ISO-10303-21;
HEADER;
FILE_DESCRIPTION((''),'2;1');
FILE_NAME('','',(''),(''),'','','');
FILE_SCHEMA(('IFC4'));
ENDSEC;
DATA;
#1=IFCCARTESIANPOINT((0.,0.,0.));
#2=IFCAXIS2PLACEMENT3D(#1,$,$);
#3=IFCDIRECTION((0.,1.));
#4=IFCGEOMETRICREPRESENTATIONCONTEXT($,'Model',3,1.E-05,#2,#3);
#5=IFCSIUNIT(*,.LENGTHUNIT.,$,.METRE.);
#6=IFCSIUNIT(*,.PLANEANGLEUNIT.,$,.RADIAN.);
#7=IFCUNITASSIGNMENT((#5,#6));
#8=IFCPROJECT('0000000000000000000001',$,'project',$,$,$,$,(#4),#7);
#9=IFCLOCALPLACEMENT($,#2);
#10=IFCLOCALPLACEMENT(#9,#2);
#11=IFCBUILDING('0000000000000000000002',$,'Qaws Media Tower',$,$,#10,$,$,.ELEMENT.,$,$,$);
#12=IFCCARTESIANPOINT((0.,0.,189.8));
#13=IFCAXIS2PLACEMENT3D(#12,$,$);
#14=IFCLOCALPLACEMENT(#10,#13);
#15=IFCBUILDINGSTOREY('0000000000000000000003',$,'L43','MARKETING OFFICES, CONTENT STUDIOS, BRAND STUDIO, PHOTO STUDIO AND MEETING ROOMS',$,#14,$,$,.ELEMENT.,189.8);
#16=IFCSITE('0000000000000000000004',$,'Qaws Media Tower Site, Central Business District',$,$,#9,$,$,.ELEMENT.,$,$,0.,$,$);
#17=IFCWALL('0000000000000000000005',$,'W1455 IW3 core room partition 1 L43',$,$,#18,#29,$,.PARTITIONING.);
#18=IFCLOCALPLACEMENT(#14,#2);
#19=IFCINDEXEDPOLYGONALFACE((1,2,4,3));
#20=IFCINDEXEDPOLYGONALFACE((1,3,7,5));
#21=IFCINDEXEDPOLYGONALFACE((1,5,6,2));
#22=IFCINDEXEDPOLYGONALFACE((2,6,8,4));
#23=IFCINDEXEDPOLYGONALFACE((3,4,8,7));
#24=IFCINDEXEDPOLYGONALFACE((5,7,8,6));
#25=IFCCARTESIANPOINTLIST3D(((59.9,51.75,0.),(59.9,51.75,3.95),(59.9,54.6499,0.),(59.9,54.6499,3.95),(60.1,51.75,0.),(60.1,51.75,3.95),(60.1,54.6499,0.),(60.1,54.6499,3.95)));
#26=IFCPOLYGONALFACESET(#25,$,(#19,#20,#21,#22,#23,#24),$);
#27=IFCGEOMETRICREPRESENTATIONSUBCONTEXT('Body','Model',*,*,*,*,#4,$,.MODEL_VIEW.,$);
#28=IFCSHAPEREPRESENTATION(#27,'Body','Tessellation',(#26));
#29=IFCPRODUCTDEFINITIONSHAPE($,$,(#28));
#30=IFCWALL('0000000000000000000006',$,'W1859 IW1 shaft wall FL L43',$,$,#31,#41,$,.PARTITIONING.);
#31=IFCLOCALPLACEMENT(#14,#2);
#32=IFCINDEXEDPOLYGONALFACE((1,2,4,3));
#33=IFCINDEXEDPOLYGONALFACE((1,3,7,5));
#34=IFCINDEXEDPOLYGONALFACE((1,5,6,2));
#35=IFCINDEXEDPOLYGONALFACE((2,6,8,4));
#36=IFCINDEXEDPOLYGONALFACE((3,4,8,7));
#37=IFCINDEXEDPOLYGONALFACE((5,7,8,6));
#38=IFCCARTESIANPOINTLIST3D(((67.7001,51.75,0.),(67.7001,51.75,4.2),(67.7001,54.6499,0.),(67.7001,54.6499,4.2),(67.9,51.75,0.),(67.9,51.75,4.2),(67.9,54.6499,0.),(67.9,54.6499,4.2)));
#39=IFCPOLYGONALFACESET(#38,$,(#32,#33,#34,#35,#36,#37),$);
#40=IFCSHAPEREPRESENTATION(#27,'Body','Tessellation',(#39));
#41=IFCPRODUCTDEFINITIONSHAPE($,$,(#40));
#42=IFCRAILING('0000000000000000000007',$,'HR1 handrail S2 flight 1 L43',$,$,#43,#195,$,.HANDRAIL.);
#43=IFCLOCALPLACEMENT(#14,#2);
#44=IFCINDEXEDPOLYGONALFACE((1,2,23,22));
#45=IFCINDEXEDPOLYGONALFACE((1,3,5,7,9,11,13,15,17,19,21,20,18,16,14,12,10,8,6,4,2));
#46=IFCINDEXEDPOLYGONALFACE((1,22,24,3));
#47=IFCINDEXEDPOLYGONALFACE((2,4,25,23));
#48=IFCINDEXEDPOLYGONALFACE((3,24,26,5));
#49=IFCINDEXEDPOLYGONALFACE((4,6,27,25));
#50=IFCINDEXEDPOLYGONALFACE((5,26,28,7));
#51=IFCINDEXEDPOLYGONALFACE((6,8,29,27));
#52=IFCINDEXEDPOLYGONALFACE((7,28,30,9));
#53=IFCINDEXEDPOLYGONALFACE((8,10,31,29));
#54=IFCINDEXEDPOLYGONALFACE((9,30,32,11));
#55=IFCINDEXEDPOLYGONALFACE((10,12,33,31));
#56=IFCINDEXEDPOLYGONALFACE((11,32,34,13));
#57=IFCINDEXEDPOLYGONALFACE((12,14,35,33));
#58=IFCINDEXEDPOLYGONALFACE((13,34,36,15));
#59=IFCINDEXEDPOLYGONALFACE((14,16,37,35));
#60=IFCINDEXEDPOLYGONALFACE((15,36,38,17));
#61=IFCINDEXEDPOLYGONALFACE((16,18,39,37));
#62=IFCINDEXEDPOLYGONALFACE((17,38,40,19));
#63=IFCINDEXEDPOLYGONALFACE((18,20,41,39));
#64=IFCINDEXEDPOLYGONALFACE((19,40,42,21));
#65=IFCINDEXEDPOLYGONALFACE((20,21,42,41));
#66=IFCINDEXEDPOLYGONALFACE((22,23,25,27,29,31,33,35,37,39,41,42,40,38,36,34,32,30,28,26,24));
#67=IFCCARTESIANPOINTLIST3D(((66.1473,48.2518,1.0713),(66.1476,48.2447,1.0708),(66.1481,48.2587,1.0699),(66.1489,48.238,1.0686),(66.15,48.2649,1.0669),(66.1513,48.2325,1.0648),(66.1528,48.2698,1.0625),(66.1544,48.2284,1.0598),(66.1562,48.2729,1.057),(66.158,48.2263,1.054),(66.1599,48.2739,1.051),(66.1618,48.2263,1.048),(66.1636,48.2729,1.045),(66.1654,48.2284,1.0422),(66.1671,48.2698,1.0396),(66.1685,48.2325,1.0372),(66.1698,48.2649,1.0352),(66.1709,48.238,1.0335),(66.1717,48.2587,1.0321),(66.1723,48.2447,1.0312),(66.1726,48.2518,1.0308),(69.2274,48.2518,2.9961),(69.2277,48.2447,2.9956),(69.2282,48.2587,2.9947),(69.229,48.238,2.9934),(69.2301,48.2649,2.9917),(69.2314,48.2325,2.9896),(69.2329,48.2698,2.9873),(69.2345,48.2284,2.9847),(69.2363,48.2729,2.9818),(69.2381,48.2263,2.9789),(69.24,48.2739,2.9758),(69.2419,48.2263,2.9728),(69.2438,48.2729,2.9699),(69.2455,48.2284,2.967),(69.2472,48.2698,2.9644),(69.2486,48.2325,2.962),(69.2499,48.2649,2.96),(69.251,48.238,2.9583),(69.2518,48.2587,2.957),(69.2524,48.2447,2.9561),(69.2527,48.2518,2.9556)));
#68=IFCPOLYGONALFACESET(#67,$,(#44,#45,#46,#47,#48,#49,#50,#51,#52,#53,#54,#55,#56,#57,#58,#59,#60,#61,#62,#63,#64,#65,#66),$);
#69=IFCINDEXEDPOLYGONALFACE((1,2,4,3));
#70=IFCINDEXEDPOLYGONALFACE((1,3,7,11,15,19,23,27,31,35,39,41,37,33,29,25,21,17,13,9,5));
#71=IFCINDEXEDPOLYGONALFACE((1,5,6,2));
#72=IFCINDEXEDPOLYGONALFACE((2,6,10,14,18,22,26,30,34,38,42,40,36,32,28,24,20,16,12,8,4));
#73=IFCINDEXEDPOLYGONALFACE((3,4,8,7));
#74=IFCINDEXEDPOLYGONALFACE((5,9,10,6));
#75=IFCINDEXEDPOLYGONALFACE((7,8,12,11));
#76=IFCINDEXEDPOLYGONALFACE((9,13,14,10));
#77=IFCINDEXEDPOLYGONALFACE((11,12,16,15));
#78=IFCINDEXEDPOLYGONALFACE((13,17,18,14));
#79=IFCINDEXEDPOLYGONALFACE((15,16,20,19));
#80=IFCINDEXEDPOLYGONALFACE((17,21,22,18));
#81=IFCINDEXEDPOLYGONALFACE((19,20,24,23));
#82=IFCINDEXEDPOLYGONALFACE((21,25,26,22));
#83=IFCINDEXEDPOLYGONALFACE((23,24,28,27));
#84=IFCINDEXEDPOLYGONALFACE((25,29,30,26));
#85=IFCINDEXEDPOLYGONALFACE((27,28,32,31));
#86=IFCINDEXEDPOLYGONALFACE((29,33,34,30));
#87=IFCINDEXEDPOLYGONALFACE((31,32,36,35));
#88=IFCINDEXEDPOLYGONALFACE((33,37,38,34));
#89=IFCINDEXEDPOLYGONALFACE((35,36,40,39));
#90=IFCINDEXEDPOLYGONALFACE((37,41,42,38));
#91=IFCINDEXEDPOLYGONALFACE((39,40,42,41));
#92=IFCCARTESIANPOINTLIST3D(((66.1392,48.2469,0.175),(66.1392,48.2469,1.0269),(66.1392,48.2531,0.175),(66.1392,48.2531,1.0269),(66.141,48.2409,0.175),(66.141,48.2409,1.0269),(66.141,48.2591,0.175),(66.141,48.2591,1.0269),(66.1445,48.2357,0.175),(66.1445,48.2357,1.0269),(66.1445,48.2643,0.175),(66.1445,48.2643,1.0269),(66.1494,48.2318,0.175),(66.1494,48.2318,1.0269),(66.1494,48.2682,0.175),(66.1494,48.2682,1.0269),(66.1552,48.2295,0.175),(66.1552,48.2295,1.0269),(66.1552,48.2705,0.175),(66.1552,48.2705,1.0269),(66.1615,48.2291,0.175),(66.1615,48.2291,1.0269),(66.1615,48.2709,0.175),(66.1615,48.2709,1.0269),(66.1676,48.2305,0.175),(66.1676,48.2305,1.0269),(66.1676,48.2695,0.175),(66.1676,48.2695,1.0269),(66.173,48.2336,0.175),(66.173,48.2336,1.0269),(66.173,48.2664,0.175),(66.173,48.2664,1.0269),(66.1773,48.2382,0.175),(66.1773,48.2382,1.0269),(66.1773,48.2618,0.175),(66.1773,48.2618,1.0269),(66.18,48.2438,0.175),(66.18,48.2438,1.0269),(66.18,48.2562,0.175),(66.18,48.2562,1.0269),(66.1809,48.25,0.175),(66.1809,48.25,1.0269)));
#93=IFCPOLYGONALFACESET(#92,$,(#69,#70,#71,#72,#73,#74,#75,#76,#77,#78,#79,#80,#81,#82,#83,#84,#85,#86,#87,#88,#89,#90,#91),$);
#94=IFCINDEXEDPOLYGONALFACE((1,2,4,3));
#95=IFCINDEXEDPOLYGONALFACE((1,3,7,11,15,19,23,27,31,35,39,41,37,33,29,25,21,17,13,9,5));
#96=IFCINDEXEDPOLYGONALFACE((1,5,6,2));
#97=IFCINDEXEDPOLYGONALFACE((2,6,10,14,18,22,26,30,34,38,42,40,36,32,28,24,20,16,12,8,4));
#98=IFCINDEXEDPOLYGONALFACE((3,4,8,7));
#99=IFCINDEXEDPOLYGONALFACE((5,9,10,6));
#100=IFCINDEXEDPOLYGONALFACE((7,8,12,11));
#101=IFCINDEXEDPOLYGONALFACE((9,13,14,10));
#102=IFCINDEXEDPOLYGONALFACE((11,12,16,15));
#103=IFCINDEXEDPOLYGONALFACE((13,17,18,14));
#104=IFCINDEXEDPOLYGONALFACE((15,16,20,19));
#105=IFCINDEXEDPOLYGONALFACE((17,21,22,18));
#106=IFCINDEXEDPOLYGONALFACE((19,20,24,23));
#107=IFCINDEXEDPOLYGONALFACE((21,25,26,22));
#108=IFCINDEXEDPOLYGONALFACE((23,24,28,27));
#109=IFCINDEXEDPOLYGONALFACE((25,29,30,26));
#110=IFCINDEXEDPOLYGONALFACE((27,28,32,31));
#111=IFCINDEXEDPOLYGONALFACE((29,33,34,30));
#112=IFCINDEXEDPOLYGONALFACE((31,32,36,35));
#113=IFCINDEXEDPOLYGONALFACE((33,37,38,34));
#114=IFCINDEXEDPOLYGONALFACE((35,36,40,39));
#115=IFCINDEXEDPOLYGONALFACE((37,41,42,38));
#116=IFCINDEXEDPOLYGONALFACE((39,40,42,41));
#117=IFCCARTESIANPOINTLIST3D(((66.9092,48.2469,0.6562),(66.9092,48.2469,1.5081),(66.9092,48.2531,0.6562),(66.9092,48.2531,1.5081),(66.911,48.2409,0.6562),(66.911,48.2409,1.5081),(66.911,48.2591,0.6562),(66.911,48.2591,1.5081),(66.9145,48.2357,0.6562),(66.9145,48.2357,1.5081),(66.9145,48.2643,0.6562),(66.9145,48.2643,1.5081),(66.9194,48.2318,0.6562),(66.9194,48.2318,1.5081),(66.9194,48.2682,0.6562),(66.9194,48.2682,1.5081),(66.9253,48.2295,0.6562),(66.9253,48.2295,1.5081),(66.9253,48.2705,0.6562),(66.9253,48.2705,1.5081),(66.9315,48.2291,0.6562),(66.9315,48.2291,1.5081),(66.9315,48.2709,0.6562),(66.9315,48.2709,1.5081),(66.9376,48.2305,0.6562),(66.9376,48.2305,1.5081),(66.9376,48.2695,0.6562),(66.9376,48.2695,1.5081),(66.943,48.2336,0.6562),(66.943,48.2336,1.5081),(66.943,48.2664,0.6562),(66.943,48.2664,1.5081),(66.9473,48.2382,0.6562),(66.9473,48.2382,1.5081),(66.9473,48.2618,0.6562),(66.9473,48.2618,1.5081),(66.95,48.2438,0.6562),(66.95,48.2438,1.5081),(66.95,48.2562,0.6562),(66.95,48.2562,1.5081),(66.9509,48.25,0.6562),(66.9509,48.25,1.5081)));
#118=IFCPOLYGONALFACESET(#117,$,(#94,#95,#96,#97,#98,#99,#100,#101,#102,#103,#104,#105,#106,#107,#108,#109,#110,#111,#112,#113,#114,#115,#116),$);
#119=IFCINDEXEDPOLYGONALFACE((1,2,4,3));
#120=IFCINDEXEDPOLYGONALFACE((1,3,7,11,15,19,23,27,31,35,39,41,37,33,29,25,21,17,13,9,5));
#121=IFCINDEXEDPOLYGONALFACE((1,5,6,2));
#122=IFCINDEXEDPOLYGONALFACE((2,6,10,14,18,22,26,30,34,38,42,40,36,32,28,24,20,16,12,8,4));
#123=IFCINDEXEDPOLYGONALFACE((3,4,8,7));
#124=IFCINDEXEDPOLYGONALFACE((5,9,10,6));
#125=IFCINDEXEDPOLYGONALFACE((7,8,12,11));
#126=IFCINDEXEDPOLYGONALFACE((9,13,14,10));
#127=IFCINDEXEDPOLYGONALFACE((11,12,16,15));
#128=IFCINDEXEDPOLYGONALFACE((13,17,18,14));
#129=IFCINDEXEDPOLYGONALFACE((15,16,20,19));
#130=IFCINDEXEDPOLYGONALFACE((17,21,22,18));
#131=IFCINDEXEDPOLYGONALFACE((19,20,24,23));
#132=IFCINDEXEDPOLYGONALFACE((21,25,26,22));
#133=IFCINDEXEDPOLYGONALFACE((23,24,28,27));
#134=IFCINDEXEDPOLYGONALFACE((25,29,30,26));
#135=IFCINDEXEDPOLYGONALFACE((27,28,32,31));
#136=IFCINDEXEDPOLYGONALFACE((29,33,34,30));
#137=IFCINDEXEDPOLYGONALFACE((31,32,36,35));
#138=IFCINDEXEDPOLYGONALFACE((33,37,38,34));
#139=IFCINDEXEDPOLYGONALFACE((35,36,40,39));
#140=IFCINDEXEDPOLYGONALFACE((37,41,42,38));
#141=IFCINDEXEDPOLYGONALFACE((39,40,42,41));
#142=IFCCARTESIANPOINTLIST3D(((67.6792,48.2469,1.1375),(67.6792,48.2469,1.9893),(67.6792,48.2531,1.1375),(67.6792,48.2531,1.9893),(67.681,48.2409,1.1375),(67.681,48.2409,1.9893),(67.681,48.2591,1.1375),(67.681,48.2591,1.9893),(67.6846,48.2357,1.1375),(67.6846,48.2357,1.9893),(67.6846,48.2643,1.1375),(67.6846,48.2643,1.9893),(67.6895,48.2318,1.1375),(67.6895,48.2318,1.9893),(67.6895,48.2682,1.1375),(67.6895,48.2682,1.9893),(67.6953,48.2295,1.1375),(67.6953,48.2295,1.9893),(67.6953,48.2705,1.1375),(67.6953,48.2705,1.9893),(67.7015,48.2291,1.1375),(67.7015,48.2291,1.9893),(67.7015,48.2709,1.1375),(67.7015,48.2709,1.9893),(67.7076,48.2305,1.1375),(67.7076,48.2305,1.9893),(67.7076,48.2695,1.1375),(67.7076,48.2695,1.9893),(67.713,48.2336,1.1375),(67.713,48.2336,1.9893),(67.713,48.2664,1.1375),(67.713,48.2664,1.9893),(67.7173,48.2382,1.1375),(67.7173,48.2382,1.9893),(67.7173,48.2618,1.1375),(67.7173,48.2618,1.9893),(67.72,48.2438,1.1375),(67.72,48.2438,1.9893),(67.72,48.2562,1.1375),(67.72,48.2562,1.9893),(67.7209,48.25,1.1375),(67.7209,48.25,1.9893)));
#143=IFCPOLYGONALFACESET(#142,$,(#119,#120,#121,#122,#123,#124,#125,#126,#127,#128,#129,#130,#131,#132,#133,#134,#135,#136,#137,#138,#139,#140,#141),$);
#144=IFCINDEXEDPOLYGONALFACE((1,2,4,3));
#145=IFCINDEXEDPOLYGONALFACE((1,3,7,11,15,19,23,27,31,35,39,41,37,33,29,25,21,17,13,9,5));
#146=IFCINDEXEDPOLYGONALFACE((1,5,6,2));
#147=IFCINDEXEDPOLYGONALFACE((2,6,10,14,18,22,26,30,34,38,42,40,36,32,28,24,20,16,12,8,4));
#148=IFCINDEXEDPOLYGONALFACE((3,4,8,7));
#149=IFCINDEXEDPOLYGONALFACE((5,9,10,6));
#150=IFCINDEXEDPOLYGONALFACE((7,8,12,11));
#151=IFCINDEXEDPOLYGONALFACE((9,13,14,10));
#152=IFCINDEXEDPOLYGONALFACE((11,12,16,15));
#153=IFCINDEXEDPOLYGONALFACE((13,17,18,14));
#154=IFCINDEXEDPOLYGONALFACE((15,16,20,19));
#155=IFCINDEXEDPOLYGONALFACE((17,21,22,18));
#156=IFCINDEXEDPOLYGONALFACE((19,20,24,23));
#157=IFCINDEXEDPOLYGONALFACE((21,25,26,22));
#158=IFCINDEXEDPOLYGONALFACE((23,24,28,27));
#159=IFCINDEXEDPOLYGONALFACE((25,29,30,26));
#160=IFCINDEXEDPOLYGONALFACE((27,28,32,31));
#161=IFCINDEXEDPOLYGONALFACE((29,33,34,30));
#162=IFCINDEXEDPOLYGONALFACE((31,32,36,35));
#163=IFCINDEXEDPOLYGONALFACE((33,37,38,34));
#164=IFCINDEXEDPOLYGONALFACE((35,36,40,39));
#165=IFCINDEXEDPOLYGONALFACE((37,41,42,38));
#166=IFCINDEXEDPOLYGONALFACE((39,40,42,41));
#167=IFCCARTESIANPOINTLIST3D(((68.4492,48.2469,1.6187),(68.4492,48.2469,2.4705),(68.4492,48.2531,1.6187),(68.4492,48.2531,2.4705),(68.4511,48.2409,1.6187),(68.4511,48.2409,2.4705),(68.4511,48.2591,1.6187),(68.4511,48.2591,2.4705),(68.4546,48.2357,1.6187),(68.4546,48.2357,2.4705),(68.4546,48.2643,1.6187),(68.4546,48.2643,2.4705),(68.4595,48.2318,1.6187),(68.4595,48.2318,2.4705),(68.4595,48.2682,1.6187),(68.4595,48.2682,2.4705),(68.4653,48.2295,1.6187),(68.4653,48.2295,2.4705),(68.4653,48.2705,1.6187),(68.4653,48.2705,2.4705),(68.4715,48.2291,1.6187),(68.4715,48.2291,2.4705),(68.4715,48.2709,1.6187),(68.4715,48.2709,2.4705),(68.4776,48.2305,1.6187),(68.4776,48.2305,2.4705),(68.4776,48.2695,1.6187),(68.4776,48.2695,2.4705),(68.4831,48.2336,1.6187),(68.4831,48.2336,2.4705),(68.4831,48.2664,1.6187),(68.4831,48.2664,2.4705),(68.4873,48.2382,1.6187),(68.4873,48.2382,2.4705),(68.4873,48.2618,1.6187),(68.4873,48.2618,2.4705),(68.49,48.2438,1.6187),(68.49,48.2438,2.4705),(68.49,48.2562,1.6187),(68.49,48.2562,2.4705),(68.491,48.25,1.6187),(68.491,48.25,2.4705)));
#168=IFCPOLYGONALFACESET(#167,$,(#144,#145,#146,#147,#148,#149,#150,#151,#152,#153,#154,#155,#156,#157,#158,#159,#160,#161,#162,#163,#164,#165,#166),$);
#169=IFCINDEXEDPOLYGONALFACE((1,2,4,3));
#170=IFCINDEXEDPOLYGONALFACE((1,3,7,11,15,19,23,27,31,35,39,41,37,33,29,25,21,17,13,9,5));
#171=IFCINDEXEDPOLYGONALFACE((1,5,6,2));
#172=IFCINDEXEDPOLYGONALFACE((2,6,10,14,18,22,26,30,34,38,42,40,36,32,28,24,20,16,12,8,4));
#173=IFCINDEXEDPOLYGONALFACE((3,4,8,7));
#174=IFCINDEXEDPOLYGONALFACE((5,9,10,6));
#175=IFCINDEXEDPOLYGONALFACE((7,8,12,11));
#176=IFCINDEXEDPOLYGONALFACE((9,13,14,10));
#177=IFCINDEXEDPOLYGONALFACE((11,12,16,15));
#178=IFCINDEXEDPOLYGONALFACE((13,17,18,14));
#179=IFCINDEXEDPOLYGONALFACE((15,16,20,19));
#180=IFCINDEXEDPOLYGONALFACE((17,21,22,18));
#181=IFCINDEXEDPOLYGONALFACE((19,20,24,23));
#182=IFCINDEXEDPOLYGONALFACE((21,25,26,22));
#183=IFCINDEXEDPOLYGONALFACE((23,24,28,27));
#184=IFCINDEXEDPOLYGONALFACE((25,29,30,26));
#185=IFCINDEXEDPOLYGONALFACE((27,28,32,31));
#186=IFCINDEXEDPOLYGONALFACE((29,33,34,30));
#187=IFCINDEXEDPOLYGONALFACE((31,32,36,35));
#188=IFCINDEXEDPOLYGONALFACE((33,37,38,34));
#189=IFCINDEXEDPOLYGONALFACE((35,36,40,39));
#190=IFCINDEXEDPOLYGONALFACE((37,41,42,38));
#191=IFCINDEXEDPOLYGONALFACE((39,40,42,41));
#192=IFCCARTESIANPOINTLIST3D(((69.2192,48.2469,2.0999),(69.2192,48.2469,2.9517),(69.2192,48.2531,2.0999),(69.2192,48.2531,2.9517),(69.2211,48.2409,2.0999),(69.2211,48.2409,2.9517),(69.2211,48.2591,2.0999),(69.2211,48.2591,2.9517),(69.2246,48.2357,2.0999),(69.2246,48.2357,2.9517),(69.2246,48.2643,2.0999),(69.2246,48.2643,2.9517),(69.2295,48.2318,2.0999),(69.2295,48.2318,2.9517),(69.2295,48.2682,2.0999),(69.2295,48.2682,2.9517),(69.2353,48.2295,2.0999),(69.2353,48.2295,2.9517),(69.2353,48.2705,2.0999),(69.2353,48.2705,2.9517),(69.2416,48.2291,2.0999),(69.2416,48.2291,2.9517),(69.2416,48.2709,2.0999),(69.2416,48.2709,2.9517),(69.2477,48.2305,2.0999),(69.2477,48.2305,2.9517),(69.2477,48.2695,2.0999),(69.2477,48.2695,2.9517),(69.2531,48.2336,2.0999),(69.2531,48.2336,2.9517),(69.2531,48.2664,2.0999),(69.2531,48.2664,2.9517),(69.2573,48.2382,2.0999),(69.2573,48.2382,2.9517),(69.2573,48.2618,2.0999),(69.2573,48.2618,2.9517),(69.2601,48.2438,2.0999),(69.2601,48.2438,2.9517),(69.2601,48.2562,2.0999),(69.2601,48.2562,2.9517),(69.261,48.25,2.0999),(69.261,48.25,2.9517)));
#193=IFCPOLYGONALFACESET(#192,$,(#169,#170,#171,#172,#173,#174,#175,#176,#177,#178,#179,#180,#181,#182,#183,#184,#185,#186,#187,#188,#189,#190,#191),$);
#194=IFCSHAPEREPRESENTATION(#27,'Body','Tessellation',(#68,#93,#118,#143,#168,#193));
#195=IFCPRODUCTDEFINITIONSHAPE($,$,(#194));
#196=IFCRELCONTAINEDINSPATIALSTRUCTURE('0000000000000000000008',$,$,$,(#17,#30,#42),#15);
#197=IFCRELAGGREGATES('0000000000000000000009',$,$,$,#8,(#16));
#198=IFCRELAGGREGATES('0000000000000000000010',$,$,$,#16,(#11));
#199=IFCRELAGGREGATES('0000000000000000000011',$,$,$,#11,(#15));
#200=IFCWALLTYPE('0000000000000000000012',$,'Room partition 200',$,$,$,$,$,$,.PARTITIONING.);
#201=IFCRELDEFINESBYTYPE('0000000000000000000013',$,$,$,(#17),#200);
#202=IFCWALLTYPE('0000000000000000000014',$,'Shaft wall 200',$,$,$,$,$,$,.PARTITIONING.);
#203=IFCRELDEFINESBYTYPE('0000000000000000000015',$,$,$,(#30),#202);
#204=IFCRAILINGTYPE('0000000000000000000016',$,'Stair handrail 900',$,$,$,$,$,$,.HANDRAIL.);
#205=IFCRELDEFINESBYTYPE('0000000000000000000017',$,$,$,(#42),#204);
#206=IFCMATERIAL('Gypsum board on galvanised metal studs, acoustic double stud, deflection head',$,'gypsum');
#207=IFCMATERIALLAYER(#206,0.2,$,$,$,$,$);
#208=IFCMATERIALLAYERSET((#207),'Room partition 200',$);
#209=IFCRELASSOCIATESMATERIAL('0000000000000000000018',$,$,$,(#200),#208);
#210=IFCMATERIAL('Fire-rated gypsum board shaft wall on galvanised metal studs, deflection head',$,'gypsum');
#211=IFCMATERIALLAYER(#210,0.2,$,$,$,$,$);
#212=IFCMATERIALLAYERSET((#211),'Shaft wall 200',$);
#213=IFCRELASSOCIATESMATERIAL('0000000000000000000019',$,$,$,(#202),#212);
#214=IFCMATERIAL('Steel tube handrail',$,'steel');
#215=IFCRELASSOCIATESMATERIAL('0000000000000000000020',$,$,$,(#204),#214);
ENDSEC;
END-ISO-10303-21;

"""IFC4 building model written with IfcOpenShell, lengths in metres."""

from ifc_helpers import new_model, si_unit, direction, frame, frame_2d, origin, origin_2d, place, context, subcontext, project, spatial, rectangle, circle, extrude, material, layer, layer_set, type_object, element, save


model = new_model("IFC4")

# Units and contexts
model_context = context("Model", 3, precision=1e-05, world=origin(), true_north=direction((0.0, 1.0)))
body_context = subcontext(model_context, "Body", "Model", "MODEL_VIEW")
ifc_project = project(units=[si_unit("LENGTHUNIT", "METRE"), si_unit("PLANEANGLEUNIT", "RADIAN")], contexts=[model_context])

# Site, building, storey
site_placement = place(None, origin())
site = spatial("IfcSite", under=ifc_project, at=site_placement, Name="Qaws Media Tower Site, Central Business District", CompositionType="ELEMENT", RefElevation=0.0)
building_placement = place(site_placement, origin())
building = spatial("IfcBuilding", under=site, at=building_placement, Name="Qaws Media Tower", CompositionType="ELEMENT")
storey_placement = place(building_placement, frame((0.0, 0.0, 189.8)))
storey = spatial("IfcBuildingStorey", under=building, at=storey_placement, Name="L43", Description="MARKETING OFFICES, CONTENT STUDIOS, BRAND STUDIO, PHOTO STUDIO AND MEETING ROOMS", CompositionType="ELEMENT", Elevation=189.8)

# Walls
ifc_material_1 = material(Name="Gypsum board on galvanised metal studs, acoustic double stud, deflection head", Category="gypsum")
ifc_layer_1 = layer(ifc_material_1, 0.2)
ifc_layer_set_1 = layer_set([ifc_layer_1], Name="Room partition 200")
wall_type_1 = type_object("IfcWallType", Name="Room partition 200", PredefinedType="PARTITIONING", material=ifc_layer_set_1)
wall_1_placement = place(storey_placement, frame((60.0, 51.75, 0.0), z_axis=(0.0, 0.0, 1.0), x_axis=(0.0, 1.0, 0.0)))
element("IfcWall", 1, at=wall_1_placement, inside=storey, type_object=wall_type_1, Name="W1455 IW3 core room partition 1 L43", PredefinedType="PARTITIONING", context=body_context, shape_type="SweptSolid", body=[
    extrude(rectangle(XDim=2.8999, YDim=0.2, at=frame_2d((1.45, 0.0))), origin(), (0.0, 0.0, 1.0), 3.95),
])
ifc_material_2 = material(Name="Fire-rated gypsum board shaft wall on galvanised metal studs, deflection head", Category="gypsum")
ifc_layer_2 = layer(ifc_material_2, 0.2)
ifc_layer_set_2 = layer_set([ifc_layer_2], Name="Shaft wall 200")
wall_type_2 = type_object("IfcWallType", Name="Shaft wall 200", PredefinedType="PARTITIONING", material=ifc_layer_set_2)
wall_2_placement = place(storey_placement, frame((67.8, 51.75, 0.0), z_axis=(0.0, 0.0, 1.0), x_axis=(0.0, 1.0, 0.0)))
element("IfcWall", 2, at=wall_2_placement, inside=storey, type_object=wall_type_2, Name="W1859 IW1 shaft wall FL L43", PredefinedType="PARTITIONING", context=body_context, shape_type="SweptSolid", body=[
    extrude(rectangle(XDim=2.8999, YDim=0.2, at=frame_2d((1.45, 0.0))), origin(), (0.0, 0.0, 1.0), 4.2),
])

# Railing
ifc_material_3 = material(Name="Steel tube handrail", Category="steel")
railing_type = type_object("IfcRailingType", Name="Stair handrail 900", PredefinedType="HANDRAIL", material=ifc_material_3)
railing_placement = place(storey_placement, frame((66.1599, 48.25, 0.175)))
element("IfcRailing", 3, at=railing_placement, inside=storey, type_object=railing_type, Name="HR1 handrail S2 flight 1 L43", PredefinedType="HANDRAIL", context=body_context, shape_type="SweptSolid", body=[
    extrude(circle(Radius=0.0239, at=origin_2d()), frame((0.0, 0.0, 0.876), z_axis=(0.848029, 0.0, 0.529951), x_axis=(0.0, 1.0, 0.0)), (0.0, 0.0, 1.0), 3.6321),
    extrude(circle(Radius=0.021, at=origin_2d()), origin(), (0.0, 0.0, 1.0), 0.8518),
    extrude(circle(Radius=0.021, at=origin_2d()), frame((0.77, 0.0, 0.4812)), (0.0, 0.0, 1.0), 0.8518),
    extrude(circle(Radius=0.021, at=origin_2d()), frame((1.54, 0.0, 0.9624)), (0.0, 0.0, 1.0), 0.8518),
    extrude(circle(Radius=0.021, at=origin_2d()), frame((2.3101, 0.0, 1.4436)), (0.0, 0.0, 1.0), 0.8518),
    extrude(circle(Radius=0.021, at=origin_2d()), frame((3.0801, 0.0, 1.9248)), (0.0, 0.0, 1.0), 0.8518),
])

save(model, "model.ifc")
